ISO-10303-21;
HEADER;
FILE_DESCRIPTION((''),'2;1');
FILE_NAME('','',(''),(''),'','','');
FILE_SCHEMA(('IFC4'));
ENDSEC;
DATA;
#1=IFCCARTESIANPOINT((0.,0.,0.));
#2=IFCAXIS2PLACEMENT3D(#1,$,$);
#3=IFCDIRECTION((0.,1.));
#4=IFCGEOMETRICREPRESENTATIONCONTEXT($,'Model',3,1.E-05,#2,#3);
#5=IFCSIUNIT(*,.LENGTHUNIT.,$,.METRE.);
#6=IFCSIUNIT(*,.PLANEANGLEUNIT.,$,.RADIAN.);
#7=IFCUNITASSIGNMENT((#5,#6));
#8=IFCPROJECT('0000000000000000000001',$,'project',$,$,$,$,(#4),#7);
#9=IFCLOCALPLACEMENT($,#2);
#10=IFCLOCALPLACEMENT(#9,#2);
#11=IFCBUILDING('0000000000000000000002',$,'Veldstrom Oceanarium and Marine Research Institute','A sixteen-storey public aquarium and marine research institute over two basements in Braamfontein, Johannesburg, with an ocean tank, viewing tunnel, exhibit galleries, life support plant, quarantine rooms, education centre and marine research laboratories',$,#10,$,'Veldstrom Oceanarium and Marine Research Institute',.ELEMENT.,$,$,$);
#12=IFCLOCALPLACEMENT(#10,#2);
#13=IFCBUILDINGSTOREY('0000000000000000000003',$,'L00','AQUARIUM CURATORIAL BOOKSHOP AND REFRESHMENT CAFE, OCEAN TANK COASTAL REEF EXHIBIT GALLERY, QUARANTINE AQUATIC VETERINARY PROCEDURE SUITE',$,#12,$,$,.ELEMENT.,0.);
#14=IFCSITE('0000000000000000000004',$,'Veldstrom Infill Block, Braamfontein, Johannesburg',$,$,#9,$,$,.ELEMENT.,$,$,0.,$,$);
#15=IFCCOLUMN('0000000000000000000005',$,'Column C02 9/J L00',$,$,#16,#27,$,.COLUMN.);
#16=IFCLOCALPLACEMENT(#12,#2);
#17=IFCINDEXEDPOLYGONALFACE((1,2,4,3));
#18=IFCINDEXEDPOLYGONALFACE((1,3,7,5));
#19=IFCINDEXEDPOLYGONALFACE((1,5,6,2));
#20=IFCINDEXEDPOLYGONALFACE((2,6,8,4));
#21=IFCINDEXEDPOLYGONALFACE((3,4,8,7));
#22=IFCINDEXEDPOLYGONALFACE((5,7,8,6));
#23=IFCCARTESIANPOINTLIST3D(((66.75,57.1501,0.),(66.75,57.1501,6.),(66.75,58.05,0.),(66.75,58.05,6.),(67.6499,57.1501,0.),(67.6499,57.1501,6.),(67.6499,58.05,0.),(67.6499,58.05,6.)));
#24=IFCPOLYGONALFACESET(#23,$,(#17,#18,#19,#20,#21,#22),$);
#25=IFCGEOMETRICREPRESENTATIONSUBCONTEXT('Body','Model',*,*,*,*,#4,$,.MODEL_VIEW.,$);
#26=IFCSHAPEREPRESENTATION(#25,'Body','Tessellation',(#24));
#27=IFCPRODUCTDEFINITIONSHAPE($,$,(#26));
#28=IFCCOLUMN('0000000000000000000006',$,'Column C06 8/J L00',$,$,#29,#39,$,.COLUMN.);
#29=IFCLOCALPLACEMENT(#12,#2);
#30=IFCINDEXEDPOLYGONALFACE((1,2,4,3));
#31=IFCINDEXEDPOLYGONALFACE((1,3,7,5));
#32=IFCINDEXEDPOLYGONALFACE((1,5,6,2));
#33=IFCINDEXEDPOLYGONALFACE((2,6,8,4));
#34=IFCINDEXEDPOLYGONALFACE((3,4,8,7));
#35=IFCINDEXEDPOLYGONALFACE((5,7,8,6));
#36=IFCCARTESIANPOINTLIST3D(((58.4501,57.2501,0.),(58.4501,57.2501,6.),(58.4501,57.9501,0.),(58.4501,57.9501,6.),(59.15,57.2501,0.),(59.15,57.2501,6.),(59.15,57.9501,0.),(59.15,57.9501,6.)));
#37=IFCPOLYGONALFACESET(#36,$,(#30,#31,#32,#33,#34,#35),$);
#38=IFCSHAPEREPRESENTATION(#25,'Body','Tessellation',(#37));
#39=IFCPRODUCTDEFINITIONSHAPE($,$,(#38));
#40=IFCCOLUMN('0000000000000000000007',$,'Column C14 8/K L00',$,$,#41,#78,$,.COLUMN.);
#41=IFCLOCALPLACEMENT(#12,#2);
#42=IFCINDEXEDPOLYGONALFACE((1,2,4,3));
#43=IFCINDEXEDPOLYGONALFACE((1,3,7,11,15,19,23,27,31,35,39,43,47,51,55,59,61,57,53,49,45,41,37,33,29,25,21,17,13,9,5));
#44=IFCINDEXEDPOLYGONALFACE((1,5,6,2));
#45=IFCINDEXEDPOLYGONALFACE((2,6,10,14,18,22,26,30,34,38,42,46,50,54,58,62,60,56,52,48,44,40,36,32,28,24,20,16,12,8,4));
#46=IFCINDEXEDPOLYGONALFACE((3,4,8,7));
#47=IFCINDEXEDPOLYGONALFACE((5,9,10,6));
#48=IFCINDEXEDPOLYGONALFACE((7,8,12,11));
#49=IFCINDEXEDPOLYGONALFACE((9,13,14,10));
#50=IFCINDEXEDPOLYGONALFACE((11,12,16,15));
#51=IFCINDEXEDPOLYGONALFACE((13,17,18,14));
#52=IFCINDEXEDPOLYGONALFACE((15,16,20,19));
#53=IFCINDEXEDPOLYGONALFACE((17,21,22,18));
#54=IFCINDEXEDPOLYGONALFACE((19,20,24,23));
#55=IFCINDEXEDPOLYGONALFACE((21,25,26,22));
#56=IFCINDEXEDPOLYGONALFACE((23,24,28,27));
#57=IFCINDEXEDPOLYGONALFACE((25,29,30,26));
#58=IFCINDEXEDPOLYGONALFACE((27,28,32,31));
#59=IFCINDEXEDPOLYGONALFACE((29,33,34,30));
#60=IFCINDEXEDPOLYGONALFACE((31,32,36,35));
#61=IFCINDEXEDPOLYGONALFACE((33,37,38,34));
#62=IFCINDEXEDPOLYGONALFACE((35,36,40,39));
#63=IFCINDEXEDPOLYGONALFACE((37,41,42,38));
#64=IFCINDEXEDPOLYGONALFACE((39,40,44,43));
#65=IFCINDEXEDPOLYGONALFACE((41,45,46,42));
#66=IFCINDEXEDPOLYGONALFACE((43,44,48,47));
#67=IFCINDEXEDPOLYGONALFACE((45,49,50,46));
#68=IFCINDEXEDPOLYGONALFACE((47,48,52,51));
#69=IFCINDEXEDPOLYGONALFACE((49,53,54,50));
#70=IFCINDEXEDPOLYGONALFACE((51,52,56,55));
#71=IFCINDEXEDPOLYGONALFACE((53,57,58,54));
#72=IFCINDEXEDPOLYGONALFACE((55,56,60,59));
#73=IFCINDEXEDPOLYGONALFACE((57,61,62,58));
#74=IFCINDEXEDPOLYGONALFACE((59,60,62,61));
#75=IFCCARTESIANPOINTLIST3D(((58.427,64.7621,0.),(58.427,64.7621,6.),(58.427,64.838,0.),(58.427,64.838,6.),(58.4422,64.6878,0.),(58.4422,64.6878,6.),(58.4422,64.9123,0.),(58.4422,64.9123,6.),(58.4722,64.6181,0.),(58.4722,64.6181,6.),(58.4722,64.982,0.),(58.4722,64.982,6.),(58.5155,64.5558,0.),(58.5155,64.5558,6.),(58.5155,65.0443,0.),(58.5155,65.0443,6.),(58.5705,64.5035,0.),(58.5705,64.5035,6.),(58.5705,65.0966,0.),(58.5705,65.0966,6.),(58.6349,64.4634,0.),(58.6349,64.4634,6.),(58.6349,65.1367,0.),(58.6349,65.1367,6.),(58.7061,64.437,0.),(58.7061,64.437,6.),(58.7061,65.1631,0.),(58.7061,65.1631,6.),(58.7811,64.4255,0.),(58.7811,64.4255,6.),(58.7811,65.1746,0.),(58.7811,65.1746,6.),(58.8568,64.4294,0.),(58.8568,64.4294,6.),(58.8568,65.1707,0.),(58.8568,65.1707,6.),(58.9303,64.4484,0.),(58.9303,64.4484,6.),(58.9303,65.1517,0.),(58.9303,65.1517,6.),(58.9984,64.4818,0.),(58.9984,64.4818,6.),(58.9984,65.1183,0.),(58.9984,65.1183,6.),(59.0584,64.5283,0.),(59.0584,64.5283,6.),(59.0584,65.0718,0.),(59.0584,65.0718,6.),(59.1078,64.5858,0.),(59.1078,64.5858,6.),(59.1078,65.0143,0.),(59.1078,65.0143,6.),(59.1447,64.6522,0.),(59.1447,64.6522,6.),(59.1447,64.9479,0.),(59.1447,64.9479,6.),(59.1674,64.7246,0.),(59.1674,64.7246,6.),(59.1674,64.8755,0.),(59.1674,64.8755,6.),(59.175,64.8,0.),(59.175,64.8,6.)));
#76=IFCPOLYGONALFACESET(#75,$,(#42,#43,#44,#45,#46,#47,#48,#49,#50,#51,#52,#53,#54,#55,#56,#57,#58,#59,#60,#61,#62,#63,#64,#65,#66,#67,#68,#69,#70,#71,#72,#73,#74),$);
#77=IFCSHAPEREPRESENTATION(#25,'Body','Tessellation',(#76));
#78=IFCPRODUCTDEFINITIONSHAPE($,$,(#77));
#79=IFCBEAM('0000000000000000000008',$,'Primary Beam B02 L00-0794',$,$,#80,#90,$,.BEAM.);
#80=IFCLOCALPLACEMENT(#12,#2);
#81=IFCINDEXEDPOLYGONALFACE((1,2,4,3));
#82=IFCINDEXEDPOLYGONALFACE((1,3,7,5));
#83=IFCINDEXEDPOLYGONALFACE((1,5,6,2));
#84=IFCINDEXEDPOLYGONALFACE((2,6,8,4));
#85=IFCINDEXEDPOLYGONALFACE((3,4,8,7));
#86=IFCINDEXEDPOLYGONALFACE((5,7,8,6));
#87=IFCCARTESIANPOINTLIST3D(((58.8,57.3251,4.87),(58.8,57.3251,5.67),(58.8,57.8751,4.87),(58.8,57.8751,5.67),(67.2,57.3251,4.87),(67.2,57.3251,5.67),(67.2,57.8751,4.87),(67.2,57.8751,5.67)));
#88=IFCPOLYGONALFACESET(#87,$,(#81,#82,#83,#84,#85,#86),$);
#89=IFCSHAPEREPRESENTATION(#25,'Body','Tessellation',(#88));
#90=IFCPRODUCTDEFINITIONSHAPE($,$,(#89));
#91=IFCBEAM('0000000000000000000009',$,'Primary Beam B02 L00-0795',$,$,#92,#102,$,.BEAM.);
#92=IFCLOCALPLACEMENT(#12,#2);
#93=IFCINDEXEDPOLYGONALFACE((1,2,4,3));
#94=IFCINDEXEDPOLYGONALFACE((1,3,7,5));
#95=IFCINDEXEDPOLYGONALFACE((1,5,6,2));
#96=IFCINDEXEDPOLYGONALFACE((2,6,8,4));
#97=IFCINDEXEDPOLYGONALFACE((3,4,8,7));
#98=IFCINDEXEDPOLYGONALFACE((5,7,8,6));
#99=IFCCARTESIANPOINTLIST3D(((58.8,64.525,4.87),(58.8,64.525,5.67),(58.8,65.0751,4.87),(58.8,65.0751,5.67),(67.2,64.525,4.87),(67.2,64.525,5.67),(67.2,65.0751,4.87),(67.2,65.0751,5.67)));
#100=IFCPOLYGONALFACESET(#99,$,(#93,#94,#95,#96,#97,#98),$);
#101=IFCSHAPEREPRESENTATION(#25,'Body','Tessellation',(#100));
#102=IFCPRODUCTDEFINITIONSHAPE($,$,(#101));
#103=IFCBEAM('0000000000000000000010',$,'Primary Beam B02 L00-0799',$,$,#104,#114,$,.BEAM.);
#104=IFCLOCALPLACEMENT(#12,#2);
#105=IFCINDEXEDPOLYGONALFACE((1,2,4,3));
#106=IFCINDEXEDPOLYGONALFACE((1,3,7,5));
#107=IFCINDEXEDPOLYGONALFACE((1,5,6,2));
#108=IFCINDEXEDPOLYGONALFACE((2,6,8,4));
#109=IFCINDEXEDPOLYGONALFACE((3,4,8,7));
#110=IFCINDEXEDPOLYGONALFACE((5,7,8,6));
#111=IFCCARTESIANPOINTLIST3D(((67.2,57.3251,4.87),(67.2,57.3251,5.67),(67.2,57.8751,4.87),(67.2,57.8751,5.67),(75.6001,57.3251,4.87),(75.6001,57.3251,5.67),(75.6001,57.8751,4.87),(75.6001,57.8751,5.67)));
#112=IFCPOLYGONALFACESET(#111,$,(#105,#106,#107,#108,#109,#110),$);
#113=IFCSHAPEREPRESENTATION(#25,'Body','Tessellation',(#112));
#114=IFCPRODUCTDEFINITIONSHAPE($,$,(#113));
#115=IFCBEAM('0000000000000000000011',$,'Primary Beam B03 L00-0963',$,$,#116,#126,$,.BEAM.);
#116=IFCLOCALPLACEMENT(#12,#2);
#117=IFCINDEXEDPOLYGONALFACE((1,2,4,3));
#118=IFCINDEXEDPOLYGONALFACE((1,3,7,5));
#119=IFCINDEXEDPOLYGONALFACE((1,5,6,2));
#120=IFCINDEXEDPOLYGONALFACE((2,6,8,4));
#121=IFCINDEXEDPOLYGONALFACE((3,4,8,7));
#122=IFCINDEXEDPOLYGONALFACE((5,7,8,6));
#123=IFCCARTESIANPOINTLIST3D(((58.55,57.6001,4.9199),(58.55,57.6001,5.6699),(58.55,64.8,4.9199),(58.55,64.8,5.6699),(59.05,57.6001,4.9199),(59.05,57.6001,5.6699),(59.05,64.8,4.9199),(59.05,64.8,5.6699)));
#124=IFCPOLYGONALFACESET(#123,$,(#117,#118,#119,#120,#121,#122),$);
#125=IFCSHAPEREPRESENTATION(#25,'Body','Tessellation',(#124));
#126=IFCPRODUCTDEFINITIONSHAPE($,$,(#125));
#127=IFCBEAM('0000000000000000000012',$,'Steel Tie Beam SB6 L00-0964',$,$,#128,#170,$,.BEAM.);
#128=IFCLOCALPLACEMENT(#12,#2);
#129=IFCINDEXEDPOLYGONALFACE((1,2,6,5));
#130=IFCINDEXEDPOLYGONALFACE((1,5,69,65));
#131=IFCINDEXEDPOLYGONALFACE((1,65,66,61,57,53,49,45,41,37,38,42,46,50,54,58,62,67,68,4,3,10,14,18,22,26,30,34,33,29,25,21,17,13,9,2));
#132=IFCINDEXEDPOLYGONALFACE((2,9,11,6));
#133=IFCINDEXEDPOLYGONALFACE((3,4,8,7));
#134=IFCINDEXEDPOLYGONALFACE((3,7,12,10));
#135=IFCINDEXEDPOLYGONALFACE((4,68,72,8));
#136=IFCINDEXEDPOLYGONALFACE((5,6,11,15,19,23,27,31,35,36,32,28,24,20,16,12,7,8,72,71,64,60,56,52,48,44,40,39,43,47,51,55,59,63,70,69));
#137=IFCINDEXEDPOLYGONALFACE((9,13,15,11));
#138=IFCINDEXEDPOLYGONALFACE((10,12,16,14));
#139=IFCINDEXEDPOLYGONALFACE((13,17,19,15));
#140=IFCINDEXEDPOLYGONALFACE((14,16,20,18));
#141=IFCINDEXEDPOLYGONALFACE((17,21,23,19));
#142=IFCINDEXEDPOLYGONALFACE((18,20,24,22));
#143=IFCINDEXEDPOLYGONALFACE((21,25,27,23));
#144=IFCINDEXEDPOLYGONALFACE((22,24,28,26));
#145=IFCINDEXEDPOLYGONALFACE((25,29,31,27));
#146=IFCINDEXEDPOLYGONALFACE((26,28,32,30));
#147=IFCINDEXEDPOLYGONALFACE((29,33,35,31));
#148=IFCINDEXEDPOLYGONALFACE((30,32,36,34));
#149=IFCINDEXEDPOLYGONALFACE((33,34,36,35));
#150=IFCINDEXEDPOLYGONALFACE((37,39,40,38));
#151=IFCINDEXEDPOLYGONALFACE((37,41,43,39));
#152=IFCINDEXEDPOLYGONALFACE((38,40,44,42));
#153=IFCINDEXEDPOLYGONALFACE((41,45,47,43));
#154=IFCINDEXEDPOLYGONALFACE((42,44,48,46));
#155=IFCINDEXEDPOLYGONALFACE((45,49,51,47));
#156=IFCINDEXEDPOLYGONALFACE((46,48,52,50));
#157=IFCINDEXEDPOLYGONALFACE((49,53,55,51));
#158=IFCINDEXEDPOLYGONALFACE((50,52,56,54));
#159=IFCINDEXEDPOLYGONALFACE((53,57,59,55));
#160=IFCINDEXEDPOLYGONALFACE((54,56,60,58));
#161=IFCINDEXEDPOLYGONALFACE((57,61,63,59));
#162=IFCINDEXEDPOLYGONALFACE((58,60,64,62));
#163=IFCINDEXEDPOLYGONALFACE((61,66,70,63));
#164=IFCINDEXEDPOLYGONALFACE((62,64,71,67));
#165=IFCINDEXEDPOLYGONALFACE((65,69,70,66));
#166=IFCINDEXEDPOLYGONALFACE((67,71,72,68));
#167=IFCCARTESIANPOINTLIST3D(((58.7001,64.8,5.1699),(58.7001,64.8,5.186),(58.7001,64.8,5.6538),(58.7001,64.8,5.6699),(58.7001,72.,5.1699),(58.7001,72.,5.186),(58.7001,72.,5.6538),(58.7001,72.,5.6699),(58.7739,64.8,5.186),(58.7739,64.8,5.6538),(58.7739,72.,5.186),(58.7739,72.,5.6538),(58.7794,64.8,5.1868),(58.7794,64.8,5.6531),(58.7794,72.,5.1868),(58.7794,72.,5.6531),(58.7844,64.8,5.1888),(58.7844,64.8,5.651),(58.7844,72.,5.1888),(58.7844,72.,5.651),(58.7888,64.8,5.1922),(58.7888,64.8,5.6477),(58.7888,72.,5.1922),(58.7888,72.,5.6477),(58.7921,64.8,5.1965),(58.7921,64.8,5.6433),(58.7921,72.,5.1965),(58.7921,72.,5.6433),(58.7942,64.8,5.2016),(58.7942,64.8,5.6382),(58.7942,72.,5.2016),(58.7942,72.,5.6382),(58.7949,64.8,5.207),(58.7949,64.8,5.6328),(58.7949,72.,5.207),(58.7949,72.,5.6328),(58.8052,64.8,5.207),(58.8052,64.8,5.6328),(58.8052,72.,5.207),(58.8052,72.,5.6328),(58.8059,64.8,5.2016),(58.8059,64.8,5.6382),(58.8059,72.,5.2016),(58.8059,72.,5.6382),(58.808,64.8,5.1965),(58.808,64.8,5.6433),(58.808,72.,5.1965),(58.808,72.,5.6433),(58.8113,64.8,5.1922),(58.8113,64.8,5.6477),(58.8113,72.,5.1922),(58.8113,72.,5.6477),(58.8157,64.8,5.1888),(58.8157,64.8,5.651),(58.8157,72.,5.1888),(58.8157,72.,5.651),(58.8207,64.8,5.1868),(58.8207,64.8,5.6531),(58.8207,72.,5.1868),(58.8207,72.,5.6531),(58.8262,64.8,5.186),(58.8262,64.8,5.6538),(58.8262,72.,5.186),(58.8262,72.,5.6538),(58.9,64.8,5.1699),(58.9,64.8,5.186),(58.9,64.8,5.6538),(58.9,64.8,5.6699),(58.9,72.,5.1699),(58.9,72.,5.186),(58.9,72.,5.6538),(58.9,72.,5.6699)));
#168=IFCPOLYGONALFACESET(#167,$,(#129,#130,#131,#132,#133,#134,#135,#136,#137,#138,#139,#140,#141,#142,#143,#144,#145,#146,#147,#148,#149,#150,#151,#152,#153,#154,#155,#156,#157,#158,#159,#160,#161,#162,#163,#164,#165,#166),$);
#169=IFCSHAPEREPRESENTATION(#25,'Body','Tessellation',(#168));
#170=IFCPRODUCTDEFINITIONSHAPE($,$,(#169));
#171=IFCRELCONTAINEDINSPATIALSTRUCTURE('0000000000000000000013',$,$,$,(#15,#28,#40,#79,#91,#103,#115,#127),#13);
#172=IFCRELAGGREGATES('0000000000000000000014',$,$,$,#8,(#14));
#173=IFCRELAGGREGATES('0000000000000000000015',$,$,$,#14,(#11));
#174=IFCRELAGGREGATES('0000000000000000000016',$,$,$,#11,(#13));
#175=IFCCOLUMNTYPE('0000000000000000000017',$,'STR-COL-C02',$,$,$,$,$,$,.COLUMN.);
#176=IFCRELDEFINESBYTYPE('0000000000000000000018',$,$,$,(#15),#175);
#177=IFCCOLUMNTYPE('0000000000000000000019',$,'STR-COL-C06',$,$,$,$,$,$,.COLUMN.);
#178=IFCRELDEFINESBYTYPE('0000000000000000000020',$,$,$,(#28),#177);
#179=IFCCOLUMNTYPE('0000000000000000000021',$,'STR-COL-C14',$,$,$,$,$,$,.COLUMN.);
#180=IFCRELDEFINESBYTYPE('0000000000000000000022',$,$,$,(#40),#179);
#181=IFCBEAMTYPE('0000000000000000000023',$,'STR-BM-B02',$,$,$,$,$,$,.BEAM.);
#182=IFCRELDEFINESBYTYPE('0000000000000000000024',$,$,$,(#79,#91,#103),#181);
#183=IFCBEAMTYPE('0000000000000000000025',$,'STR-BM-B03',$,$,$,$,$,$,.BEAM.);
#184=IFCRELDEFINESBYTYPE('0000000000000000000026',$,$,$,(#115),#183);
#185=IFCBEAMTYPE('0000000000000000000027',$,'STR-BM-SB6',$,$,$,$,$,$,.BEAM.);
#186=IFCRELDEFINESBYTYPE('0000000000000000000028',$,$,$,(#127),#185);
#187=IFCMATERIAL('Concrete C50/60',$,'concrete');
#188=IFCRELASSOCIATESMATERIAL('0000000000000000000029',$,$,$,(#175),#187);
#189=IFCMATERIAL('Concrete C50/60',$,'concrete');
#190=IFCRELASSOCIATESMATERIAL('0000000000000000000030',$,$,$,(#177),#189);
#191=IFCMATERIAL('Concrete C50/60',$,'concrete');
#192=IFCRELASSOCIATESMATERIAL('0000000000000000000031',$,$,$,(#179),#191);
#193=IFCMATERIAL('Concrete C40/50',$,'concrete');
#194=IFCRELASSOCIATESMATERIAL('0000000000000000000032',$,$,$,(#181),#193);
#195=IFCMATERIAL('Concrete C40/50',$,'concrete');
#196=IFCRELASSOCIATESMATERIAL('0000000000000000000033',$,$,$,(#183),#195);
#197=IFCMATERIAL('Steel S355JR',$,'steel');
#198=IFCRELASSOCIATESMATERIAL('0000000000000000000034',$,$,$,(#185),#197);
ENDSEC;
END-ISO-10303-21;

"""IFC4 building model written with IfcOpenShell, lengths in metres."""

from ifc_helpers import new_model, si_unit, direction, frame, origin, origin_2d, place, context, subcontext, project, spatial, rectangle, circle, i_section, extrude, material, material_profile, profile_set, type_object, element, save


model = new_model("IFC4")

# Units and contexts
model_context = context("Model", 3, precision=1e-05, world=origin(), true_north=direction((0.0, 1.0)))
body_context = subcontext(model_context, "Body", "Model", "MODEL_VIEW")
ifc_project = project(units=[si_unit("LENGTHUNIT", "METRE"), si_unit("PLANEANGLEUNIT", "RADIAN")], contexts=[model_context])

# Site, building, storey
site_placement = place(None, origin())
site = spatial("IfcSite", under=ifc_project, at=site_placement, Name="Veldstrom Infill Block, Braamfontein, Johannesburg", CompositionType="ELEMENT", RefElevation=0.0)
building_placement = place(site_placement, origin())
building = spatial("IfcBuilding", under=site, at=building_placement, Name="Veldstrom Oceanarium and Marine Research Institute", Description="A sixteen-storey public aquarium and marine research institute over two basements in Braamfontein, Johannesburg, with an ocean tank, viewing tunnel, exhibit galleries, life support plant, quarantine rooms, education centre and marine research laboratories", LongName="Veldstrom Oceanarium and Marine Research Institute", CompositionType="ELEMENT")
storey_placement = place(building_placement, origin())
storey = spatial("IfcBuildingStorey", under=building, at=storey_placement, Name="L00", Description="AQUARIUM CURATORIAL BOOKSHOP AND REFRESHMENT CAFE, OCEAN TANK COASTAL REEF EXHIBIT GALLERY, QUARANTINE AQUATIC VETERINARY PROCEDURE SUITE", CompositionType="ELEMENT", Elevation=0.0)

# Columns
ifc_material_1 = material(Name="Concrete C50/60", Category="concrete")
ifc_material_profile_1 = material_profile(ifc_material_1, rectangle(XDim=0.8999, YDim=0.8999, at=origin_2d()), Name="RC-COL-900x900")
ifc_profile_set_1 = profile_set([ifc_material_profile_1], Name="Concrete C50/60")
column_type_1 = type_object("IfcColumnType", Name="STR-COL-C02", PredefinedType="COLUMN", material=ifc_profile_set_1)
column_1_placement = place(storey_placement, frame((67.2, 57.6001, 0.0), z_axis=(0.0, 0.0, 1.0), x_axis=(1.0, 0.0, 0.0)))
element("IfcColumn", 1, at=column_1_placement, inside=storey, type_object=column_type_1, Name="Column C02 9/J L00", PredefinedType="COLUMN", context=body_context, shape_type="SweptSolid", body=[
    extrude(rectangle(XDim=0.8999, YDim=0.8999, at=origin_2d()), origin(), (0.0, 0.0, 1.0), 6.0),
])
ifc_material_2 = material(Name="Concrete C50/60", Category="concrete")
ifc_material_profile_2 = material_profile(ifc_material_2, rectangle(XDim=0.7, YDim=0.7, at=origin_2d()), Name="RC-COL-700x700")
ifc_profile_set_2 = profile_set([ifc_material_profile_2], Name="Concrete C50/60")
column_type_2 = type_object("IfcColumnType", Name="STR-COL-C06", PredefinedType="COLUMN", material=ifc_profile_set_2)
column_2_placement = place(storey_placement, frame((58.8, 57.6001, 0.0), z_axis=(0.0, 0.0, 1.0), x_axis=(1.0, 0.0, 0.0)))
element("IfcColumn", 2, at=column_2_placement, inside=storey, type_object=column_type_2, Name="Column C06 8/J L00", PredefinedType="COLUMN", context=body_context, shape_type="SweptSolid", body=[
    extrude(rectangle(XDim=0.7, YDim=0.7, at=origin_2d()), origin(), (0.0, 0.0, 1.0), 6.0),
])
ifc_material_3 = material(Name="Concrete C50/60", Category="concrete")
ifc_material_profile_3 = material_profile(ifc_material_3, circle(Radius=0.375, at=origin_2d()), Name="RC-COL-D750")
ifc_profile_set_3 = profile_set([ifc_material_profile_3], Name="Concrete C50/60")
column_type_3 = type_object("IfcColumnType", Name="STR-COL-C14", PredefinedType="COLUMN", material=ifc_profile_set_3)
column_3_placement = place(storey_placement, frame((58.8, 64.8, 0.0), z_axis=(0.0, 0.0, 1.0), x_axis=(1.0, 0.0, 0.0)))
element("IfcColumn", 3, at=column_3_placement, inside=storey, type_object=column_type_3, Name="Column C14 8/K L00", PredefinedType="COLUMN", context=body_context, shape_type="SweptSolid", body=[
    extrude(circle(Radius=0.375, at=origin_2d()), origin(), (0.0, 0.0, 1.0), 6.0),
])

# Beams
ifc_material_4 = material(Name="Concrete C40/50", Category="concrete")
ifc_material_profile_4 = material_profile(ifc_material_4, rectangle(XDim=0.55, YDim=0.8, at=origin_2d()), Name="RC-BM-550x800")
ifc_profile_set_4 = profile_set([ifc_material_profile_4], Name="Concrete C40/50")
beam_type_1 = type_object("IfcBeamType", Name="STR-BM-B02", PredefinedType="BEAM", material=ifc_profile_set_4)
for number, where, z_axis, x_axis, name in (
    (4, (58.8, 57.6001, 5.27), (1.0, 0.0, 0.0), (0.0, 1.0, 0.0), "Primary Beam B02 L00-0794"),
    (5, (58.8, 64.8, 5.27), (1.0, 0.0, 0.0), (0.0, 1.0, 0.0), "Primary Beam B02 L00-0795"),
):
    element("IfcBeam", number, at=place(storey_placement, frame(where, z_axis=z_axis, x_axis=x_axis)), inside=storey, type_object=beam_type_1, Name=name, PredefinedType="BEAM", context=body_context, shape_type="SweptSolid", body=[
        extrude(rectangle(XDim=0.55, YDim=0.8, at=origin_2d()), origin(), (0.0, 0.0, 1.0), 8.3999),
    ])
beam_1_placement = place(storey_placement, frame((67.2, 57.6001, 5.27), z_axis=(1.0, 0.0, 0.0), x_axis=(0.0, 1.0, 0.0)))
element("IfcBeam", 6, at=beam_1_placement, inside=storey, type_object=beam_type_1, Name="Primary Beam B02 L00-0799", PredefinedType="BEAM", context=body_context, shape_type="SweptSolid", body=[
    extrude(rectangle(XDim=0.55, YDim=0.8, at=origin_2d()), origin(), (0.0, 0.0, 1.0), 8.4001),
])
ifc_material_5 = material(Name="Concrete C40/50", Category="concrete")
ifc_material_profile_5 = material_profile(ifc_material_5, rectangle(XDim=0.5, YDim=0.75, at=origin_2d()), Name="RC-BM-500x750")
ifc_profile_set_5 = profile_set([ifc_material_profile_5], Name="Concrete C40/50")
beam_type_2 = type_object("IfcBeamType", Name="STR-BM-B03", PredefinedType="BEAM", material=ifc_profile_set_5)
beam_2_placement = place(storey_placement, frame((58.8, 57.6001, 5.2949), z_axis=(0.0, 1.0, 0.0), x_axis=(-1.0, 0.0, 0.0)))
element("IfcBeam", 7, at=beam_2_placement, inside=storey, type_object=beam_type_2, Name="Primary Beam B03 L00-0963", PredefinedType="BEAM", context=body_context, shape_type="SweptSolid", body=[
    extrude(rectangle(XDim=0.5, YDim=0.75, at=origin_2d()), origin(), (0.0, 0.0, 1.0), 7.2),
])
ifc_material_6 = material(Name="Steel S355JR", Category="steel")
ifc_material_profile_6 = material_profile(ifc_material_6, i_section(OverallWidth=0.2, OverallDepth=0.5, WebThickness=0.0103, FlangeThickness=0.0161, FilletRadius=0.021, at=origin_2d()), Name="IPE 500")
ifc_profile_set_6 = profile_set([ifc_material_profile_6], Name="Steel S355JR")
beam_type_3 = type_object("IfcBeamType", Name="STR-BM-SB6", PredefinedType="BEAM", material=ifc_profile_set_6)
for number, where, z_axis, x_axis, name in (
    (8, (58.8, 64.8, 5.4199), (0.0, 1.0, 0.0), (-1.0, 0.0, 0.0), "Steel Tie Beam SB6 L00-0964"),
):
    element("IfcBeam", number, at=place(storey_placement, frame(where, z_axis=z_axis, x_axis=x_axis)), inside=storey, type_object=beam_type_3, Name=name, PredefinedType="BEAM", context=body_context, shape_type="SweptSolid", body=[
        extrude(i_section(OverallWidth=0.2, OverallDepth=0.5, WebThickness=0.0103, FlangeThickness=0.0161, FilletRadius=0.021, at=origin_2d()), origin(), (0.0, 0.0, 1.0), 7.2),
    ])

save(model, "model.ifc")
